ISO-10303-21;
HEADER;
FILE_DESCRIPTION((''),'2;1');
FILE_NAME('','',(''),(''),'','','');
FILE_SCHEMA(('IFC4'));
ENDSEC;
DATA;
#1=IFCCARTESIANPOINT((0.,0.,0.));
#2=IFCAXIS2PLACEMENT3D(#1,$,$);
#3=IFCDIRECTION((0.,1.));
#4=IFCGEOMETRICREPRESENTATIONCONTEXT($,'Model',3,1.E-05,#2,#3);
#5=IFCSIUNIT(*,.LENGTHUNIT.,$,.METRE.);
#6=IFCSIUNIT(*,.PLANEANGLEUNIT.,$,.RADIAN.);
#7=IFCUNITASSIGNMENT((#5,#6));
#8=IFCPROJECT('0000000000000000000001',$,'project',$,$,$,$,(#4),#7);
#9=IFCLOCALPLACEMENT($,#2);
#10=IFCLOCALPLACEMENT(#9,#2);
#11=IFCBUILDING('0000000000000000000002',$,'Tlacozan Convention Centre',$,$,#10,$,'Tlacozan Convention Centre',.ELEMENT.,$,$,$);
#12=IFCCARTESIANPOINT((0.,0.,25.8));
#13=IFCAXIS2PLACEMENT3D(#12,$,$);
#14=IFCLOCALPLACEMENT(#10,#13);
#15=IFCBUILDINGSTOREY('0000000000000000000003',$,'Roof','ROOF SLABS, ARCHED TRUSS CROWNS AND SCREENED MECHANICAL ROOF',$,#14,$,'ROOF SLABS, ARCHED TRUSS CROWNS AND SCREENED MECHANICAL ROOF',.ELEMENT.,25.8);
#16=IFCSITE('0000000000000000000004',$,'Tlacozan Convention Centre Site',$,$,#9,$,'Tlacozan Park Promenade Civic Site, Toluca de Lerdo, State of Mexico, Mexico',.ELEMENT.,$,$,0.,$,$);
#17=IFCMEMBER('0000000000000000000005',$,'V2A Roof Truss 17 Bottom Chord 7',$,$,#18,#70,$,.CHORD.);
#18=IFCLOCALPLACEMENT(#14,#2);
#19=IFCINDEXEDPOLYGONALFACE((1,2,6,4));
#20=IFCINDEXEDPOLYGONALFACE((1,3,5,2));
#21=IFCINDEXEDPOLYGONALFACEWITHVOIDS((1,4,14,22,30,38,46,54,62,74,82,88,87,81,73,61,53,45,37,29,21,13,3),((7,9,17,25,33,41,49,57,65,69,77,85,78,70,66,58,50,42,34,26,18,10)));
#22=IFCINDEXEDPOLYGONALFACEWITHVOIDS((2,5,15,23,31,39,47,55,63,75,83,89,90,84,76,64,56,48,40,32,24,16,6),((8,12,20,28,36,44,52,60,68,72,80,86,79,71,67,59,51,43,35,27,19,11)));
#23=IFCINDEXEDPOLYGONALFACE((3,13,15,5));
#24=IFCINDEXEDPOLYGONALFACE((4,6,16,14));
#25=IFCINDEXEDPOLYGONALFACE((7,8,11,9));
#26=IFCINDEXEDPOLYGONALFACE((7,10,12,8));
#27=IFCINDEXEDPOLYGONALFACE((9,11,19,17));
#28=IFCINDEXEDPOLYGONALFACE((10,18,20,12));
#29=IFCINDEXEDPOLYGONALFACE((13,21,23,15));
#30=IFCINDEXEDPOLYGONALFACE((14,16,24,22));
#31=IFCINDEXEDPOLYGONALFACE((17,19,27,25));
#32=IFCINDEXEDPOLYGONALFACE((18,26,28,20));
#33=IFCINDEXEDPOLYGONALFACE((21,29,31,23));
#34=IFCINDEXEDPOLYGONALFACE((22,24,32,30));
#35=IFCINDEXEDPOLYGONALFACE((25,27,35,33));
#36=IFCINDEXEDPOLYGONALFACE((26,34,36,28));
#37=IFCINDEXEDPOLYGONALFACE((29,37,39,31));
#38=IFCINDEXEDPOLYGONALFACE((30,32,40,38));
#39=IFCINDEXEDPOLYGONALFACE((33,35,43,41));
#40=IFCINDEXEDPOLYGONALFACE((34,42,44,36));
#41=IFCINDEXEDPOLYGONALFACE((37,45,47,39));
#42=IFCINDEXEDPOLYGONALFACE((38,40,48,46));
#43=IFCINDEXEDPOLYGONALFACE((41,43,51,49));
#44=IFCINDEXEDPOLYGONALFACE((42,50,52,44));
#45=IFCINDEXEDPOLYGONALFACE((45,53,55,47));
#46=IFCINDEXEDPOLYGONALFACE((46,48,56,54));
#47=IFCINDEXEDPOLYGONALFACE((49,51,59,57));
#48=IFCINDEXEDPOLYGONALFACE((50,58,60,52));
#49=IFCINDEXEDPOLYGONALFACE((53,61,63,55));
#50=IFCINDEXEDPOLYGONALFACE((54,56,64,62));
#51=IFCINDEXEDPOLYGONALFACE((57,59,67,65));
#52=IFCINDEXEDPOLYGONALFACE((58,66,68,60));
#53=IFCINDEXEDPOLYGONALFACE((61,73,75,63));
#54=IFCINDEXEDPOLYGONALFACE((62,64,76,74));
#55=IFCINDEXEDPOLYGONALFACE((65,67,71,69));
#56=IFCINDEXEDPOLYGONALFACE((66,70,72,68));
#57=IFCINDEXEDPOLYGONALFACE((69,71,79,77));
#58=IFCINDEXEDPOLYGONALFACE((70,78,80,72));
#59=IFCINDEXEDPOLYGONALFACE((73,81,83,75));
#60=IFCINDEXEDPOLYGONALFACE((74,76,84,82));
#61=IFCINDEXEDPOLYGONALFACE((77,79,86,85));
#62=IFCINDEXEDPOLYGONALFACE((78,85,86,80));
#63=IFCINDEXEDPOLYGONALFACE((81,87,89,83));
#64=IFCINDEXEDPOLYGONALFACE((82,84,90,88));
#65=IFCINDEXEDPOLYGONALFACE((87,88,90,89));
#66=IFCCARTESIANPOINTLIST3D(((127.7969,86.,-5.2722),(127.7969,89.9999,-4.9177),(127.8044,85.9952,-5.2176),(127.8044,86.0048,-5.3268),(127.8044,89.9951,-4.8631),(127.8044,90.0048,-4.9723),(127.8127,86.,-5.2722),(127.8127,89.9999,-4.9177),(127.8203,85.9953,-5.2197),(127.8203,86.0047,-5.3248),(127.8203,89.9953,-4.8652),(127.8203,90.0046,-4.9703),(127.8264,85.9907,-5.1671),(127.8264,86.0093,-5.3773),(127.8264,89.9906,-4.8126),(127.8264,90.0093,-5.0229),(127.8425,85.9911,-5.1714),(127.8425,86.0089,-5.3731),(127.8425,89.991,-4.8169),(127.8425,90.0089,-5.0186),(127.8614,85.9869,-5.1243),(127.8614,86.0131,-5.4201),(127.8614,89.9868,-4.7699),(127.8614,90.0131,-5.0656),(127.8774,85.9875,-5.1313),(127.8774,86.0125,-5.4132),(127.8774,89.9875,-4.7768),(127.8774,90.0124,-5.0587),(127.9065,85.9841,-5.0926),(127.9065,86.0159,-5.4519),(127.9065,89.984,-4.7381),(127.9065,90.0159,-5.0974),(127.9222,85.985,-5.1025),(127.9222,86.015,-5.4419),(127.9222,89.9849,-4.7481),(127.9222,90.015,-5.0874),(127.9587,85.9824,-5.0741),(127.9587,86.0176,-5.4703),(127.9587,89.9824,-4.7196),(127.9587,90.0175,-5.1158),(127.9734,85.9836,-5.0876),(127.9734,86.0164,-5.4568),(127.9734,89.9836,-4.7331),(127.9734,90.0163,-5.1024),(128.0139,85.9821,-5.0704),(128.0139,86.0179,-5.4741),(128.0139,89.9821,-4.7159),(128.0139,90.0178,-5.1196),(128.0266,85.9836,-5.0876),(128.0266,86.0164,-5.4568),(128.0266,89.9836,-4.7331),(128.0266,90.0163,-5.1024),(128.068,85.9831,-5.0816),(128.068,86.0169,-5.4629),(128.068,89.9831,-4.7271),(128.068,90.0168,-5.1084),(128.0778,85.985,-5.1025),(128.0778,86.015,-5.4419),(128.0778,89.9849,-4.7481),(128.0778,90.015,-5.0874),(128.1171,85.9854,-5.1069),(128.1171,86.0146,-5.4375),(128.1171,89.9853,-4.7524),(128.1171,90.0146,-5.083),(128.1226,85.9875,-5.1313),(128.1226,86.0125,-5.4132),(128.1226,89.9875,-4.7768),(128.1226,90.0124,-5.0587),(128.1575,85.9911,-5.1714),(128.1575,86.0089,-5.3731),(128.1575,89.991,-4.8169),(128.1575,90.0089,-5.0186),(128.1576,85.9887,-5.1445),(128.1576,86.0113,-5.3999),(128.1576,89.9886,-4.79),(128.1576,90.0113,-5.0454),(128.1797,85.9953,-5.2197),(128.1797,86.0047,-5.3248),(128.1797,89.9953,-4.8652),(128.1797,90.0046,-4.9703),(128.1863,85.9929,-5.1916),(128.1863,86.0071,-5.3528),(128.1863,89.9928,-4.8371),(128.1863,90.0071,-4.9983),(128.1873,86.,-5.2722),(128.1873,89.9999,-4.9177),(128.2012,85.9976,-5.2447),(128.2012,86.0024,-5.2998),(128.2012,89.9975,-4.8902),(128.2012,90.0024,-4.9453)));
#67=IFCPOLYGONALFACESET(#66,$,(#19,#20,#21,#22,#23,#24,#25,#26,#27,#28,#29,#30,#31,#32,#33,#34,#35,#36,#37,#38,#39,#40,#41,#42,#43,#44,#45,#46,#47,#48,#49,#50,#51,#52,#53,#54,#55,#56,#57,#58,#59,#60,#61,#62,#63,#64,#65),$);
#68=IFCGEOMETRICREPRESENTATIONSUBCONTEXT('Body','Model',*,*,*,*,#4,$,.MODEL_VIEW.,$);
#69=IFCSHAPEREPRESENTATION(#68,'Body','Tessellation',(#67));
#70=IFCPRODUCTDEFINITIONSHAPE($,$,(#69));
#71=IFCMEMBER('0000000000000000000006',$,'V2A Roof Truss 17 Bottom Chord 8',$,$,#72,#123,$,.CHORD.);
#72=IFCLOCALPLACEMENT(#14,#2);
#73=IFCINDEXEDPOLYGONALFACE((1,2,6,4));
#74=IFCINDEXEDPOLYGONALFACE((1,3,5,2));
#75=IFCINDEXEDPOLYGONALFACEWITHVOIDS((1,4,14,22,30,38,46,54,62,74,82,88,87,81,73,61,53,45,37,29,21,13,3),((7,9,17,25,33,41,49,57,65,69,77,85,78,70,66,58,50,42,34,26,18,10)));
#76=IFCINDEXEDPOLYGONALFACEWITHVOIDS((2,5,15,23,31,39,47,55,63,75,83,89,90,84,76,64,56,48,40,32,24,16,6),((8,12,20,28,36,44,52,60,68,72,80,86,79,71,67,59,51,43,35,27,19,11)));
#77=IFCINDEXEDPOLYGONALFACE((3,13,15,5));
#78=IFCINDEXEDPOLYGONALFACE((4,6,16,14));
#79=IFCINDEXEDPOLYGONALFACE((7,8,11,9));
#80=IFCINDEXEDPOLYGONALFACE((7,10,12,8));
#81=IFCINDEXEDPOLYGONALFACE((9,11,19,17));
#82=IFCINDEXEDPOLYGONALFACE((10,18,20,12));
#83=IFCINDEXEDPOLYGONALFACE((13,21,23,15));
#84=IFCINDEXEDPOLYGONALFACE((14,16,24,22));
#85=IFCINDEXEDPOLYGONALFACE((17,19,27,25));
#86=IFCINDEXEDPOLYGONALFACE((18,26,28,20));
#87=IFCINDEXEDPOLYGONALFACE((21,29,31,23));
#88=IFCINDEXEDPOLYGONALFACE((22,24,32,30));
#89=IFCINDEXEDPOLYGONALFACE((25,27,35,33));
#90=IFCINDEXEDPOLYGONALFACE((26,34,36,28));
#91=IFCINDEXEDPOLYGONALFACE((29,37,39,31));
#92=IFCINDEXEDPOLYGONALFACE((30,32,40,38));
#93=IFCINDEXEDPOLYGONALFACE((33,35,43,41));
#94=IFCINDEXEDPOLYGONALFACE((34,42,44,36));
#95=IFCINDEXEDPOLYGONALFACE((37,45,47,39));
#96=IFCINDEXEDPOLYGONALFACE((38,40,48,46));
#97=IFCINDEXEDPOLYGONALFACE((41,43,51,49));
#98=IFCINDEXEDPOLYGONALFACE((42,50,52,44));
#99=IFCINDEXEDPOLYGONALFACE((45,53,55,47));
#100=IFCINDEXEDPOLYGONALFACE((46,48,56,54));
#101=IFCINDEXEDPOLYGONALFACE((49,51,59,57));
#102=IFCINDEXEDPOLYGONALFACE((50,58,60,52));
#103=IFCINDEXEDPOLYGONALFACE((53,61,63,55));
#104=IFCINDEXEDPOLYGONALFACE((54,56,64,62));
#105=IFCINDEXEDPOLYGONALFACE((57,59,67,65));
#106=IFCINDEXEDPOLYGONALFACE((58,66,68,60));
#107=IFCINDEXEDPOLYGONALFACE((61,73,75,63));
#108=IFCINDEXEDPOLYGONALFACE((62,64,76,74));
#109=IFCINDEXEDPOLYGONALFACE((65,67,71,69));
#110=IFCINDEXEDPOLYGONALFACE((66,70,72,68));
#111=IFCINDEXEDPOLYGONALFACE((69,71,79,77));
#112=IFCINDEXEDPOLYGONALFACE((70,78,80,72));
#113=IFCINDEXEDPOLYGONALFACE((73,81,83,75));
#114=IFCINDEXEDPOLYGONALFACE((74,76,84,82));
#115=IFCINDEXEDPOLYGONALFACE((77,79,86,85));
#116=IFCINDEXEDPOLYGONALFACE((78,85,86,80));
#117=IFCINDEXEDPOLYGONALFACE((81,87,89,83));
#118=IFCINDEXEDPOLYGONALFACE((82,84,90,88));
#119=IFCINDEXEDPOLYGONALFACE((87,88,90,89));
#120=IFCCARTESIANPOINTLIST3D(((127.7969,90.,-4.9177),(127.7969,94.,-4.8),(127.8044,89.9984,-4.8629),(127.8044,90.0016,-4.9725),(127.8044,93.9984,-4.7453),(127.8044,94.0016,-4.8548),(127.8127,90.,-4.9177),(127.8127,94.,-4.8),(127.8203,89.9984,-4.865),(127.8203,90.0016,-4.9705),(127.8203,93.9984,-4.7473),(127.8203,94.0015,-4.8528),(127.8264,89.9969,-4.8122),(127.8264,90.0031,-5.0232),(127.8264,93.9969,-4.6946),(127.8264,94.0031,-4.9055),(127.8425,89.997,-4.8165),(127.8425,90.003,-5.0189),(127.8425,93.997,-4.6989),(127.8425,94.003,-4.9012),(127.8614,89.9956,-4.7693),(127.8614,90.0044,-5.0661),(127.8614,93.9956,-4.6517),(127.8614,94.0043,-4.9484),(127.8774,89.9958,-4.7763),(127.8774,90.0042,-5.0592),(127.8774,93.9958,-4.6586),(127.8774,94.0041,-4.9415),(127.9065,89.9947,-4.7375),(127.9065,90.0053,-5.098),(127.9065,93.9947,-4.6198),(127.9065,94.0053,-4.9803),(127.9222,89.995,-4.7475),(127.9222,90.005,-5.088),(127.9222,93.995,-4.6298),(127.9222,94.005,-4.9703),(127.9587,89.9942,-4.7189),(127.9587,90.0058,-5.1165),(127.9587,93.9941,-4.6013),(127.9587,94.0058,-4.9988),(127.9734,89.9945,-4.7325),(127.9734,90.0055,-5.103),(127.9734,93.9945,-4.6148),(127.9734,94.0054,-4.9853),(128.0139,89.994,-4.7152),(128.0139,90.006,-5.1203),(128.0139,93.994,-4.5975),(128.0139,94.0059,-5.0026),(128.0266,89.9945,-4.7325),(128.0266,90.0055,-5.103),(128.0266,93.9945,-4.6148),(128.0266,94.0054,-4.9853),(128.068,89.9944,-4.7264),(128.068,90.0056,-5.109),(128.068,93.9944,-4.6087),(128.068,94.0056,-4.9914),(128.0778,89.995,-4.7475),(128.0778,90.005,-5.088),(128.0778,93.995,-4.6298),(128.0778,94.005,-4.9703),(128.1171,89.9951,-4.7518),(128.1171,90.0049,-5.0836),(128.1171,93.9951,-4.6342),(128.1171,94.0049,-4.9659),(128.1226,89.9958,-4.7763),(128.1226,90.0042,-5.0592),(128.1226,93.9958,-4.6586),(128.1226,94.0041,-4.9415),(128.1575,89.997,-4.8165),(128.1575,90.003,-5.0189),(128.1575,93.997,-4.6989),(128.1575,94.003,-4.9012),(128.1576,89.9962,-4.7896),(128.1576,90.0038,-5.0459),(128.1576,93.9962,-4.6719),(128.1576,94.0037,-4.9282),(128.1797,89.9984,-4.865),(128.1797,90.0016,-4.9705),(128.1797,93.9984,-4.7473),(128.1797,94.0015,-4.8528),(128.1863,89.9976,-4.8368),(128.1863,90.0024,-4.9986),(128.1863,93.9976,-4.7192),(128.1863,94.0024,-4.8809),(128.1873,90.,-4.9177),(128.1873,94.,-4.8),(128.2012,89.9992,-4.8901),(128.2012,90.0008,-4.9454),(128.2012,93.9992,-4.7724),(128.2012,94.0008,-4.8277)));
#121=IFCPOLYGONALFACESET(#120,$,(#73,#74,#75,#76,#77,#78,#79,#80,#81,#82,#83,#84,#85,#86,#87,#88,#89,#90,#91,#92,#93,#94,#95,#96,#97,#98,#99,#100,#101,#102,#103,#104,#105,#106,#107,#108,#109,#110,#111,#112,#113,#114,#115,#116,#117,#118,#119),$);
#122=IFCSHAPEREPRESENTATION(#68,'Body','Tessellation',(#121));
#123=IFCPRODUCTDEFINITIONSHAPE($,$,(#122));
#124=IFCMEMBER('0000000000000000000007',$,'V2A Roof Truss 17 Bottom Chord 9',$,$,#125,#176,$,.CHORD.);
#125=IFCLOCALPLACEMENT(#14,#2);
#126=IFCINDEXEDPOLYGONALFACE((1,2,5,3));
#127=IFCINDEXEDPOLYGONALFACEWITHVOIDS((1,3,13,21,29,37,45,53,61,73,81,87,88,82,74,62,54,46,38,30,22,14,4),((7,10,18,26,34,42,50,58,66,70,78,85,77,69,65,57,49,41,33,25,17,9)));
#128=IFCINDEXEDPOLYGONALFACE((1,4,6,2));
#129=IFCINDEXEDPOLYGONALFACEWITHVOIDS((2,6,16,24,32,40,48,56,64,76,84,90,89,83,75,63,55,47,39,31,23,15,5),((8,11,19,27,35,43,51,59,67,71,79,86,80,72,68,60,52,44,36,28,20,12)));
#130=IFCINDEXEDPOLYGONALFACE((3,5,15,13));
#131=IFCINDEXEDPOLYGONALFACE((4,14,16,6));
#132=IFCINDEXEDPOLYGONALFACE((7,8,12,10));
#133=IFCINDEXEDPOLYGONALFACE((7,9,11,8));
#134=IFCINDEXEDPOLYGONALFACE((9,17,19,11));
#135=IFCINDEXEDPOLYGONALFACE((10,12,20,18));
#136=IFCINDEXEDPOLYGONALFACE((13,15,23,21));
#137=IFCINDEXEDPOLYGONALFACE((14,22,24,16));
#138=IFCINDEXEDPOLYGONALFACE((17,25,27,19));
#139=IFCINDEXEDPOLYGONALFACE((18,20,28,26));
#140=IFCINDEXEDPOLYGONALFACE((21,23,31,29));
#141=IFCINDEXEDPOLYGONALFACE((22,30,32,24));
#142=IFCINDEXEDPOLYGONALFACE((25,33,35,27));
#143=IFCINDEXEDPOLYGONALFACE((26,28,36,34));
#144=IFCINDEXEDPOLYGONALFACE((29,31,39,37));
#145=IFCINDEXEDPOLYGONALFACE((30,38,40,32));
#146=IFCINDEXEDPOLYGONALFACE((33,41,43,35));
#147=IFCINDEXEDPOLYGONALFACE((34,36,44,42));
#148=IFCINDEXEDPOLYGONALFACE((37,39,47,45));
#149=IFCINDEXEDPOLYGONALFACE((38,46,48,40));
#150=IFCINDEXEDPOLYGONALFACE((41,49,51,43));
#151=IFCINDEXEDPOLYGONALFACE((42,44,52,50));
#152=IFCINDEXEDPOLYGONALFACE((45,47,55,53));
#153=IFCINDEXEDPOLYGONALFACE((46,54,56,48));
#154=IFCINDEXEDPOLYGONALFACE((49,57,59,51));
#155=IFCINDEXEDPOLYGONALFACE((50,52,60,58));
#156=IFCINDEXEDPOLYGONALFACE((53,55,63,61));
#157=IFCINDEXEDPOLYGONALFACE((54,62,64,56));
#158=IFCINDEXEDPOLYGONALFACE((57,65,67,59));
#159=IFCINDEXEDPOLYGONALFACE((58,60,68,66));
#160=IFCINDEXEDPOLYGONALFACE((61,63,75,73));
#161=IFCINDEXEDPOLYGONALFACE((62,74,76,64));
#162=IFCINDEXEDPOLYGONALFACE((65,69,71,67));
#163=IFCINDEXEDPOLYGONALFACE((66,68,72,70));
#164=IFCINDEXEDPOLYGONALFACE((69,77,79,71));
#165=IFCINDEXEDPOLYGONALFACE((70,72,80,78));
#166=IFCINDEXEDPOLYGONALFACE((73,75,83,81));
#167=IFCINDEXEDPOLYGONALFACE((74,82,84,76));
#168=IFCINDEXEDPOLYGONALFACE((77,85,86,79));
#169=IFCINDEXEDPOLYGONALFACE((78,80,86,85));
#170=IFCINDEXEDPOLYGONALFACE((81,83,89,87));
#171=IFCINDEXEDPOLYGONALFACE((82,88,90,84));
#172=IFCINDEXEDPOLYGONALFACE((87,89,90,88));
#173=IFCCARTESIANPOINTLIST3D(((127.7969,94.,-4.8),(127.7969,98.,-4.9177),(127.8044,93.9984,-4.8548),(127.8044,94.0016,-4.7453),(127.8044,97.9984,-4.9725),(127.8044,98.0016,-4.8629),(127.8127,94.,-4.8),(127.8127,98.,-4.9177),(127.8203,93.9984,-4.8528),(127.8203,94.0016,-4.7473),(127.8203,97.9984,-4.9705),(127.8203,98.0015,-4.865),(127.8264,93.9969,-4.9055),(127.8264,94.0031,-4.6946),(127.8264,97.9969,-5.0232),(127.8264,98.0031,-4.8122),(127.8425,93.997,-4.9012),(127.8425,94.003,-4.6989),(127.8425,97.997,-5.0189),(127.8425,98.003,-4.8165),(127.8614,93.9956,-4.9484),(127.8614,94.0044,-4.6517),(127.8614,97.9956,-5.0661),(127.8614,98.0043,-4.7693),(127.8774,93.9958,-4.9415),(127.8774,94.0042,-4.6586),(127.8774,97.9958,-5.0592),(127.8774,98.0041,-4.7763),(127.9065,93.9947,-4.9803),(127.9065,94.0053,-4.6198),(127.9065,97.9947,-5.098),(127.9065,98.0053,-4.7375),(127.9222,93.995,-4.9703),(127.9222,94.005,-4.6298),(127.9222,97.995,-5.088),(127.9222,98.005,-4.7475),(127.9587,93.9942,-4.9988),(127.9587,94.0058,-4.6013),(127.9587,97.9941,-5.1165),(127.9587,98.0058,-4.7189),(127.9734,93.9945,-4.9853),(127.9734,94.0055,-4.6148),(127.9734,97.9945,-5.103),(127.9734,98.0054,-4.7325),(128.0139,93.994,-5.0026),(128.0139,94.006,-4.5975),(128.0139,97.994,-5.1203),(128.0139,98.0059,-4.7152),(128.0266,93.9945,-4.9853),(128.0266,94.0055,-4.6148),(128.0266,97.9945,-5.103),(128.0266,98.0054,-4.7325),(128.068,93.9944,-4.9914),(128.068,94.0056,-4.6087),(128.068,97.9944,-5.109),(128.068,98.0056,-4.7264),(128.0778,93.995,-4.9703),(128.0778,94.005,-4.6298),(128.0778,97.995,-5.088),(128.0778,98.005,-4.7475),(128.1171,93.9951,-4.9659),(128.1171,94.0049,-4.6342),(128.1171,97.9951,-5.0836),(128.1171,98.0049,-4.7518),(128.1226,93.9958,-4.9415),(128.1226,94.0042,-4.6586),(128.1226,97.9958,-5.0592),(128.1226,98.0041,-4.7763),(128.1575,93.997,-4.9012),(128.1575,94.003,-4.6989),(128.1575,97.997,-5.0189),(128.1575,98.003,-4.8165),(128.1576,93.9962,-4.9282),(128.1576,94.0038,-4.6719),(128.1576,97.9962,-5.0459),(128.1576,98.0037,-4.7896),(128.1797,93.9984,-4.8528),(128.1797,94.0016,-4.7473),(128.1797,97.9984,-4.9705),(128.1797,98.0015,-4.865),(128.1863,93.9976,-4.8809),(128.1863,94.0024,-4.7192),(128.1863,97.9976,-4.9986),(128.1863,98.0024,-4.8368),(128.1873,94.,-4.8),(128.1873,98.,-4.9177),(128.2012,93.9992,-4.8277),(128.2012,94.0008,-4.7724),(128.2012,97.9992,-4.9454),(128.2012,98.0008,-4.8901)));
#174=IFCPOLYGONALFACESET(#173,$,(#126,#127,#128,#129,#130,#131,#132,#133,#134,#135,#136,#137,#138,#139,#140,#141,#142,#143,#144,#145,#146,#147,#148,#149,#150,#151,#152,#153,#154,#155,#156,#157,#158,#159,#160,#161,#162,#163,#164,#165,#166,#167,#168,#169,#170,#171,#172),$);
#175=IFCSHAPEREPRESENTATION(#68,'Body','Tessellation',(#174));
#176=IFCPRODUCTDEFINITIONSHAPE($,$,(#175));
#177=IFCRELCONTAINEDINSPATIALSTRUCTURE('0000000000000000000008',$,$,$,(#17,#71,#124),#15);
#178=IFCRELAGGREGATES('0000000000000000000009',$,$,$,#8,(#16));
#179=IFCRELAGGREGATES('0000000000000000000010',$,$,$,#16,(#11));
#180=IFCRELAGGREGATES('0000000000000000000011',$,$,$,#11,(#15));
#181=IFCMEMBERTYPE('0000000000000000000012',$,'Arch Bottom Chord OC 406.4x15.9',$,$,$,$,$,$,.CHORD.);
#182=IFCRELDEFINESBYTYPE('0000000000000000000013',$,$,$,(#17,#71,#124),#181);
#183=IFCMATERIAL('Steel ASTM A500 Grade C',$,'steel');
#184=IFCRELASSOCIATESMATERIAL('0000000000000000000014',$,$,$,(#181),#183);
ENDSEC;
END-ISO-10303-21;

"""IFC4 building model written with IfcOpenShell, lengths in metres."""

from ifc_helpers import new_model, si_unit, direction, frame, origin, origin_2d, place, context, subcontext, project, spatial, hollow_circle, extrude, material, material_profile, profile_set, type_object, element, save


model = new_model("IFC4")

# Units and contexts
model_context = context("Model", 3, precision=1e-05, world=origin(), true_north=direction((0.0, 1.0)))
body_context = subcontext(model_context, "Body", "Model", "MODEL_VIEW")
ifc_project = project(units=[si_unit("LENGTHUNIT", "METRE"), si_unit("PLANEANGLEUNIT", "RADIAN")], contexts=[model_context])

# Site, building, storey
site_placement = place(None, origin())
site = spatial("IfcSite", under=ifc_project, at=site_placement, Name="Tlacozan Convention Centre Site", LongName="Tlacozan Park Promenade Civic Site, Toluca de Lerdo, State of Mexico, Mexico", CompositionType="ELEMENT", RefElevation=0.0)
building_placement = place(site_placement, origin())
building = spatial("IfcBuilding", under=site, at=building_placement, Name="Tlacozan Convention Centre", LongName="Tlacozan Convention Centre", CompositionType="ELEMENT")
storey_placement = place(building_placement, frame((0.0, 0.0, 25.8)))
storey = spatial("IfcBuildingStorey", under=building, at=storey_placement, Name="Roof", Description="ROOF SLABS, ARCHED TRUSS CROWNS AND SCREENED MECHANICAL ROOF", LongName="ROOF SLABS, ARCHED TRUSS CROWNS AND SCREENED MECHANICAL ROOF", CompositionType="ELEMENT", Elevation=25.8)

# Members
ifc_material_1 = material(Name="Steel ASTM A500 Grade C", Category="steel")
ifc_material_profile_1 = material_profile(ifc_material_1, hollow_circle(Radius=0.2031, WallThickness=0.0159, at=origin_2d()), Name="OC 406.4x15.9")
ifc_profile_set_1 = profile_set([ifc_material_profile_1], Name="Steel ASTM A500 Grade C")
member_type_1 = type_object("IfcMemberType", Name="Arch Bottom Chord OC 406.4x15.9", PredefinedType="CHORD", material=ifc_profile_set_1)
member_1_placement = place(storey_placement, frame((128.0, 86.0, -5.2722), z_axis=(0.0, 0.996096, 0.088277), x_axis=(-1.0, 0.0, 0.0)))
element("IfcMember", 1, at=member_1_placement, inside=storey, type_object=member_type_1, Name="V2A Roof Truss 17 Bottom Chord 7", PredefinedType="CHORD", context=body_context, shape_type="SweptSolid", body=[
    extrude(hollow_circle(Radius=0.2031, WallThickness=0.0159, at=origin_2d()), origin(), (0.0, 0.0, 1.0), 4.0156),
])
for number, where, z_axis, x_axis, name in (
    (2, (128.0, 90.0, -4.9177), (0.0, 0.999568, 0.029406), (-1.0, 0.0, 0.0), "V2A Roof Truss 17 Bottom Chord 8"),
    (3, (128.0, 94.0, -4.8), (0.0, 0.999568, -0.029406), (-1.0, 0.0, 0.0), "V2A Roof Truss 17 Bottom Chord 9"),
):
    element("IfcMember", number, at=place(storey_placement, frame(where, z_axis=z_axis, x_axis=x_axis)), inside=storey, type_object=member_type_1, Name=name, PredefinedType="CHORD", context=body_context, shape_type="SweptSolid", body=[
        extrude(hollow_circle(Radius=0.2031, WallThickness=0.0159, at=origin_2d()), origin(), (0.0, 0.0, 1.0), 4.0017),
    ])

save(model, "model.ifc")
